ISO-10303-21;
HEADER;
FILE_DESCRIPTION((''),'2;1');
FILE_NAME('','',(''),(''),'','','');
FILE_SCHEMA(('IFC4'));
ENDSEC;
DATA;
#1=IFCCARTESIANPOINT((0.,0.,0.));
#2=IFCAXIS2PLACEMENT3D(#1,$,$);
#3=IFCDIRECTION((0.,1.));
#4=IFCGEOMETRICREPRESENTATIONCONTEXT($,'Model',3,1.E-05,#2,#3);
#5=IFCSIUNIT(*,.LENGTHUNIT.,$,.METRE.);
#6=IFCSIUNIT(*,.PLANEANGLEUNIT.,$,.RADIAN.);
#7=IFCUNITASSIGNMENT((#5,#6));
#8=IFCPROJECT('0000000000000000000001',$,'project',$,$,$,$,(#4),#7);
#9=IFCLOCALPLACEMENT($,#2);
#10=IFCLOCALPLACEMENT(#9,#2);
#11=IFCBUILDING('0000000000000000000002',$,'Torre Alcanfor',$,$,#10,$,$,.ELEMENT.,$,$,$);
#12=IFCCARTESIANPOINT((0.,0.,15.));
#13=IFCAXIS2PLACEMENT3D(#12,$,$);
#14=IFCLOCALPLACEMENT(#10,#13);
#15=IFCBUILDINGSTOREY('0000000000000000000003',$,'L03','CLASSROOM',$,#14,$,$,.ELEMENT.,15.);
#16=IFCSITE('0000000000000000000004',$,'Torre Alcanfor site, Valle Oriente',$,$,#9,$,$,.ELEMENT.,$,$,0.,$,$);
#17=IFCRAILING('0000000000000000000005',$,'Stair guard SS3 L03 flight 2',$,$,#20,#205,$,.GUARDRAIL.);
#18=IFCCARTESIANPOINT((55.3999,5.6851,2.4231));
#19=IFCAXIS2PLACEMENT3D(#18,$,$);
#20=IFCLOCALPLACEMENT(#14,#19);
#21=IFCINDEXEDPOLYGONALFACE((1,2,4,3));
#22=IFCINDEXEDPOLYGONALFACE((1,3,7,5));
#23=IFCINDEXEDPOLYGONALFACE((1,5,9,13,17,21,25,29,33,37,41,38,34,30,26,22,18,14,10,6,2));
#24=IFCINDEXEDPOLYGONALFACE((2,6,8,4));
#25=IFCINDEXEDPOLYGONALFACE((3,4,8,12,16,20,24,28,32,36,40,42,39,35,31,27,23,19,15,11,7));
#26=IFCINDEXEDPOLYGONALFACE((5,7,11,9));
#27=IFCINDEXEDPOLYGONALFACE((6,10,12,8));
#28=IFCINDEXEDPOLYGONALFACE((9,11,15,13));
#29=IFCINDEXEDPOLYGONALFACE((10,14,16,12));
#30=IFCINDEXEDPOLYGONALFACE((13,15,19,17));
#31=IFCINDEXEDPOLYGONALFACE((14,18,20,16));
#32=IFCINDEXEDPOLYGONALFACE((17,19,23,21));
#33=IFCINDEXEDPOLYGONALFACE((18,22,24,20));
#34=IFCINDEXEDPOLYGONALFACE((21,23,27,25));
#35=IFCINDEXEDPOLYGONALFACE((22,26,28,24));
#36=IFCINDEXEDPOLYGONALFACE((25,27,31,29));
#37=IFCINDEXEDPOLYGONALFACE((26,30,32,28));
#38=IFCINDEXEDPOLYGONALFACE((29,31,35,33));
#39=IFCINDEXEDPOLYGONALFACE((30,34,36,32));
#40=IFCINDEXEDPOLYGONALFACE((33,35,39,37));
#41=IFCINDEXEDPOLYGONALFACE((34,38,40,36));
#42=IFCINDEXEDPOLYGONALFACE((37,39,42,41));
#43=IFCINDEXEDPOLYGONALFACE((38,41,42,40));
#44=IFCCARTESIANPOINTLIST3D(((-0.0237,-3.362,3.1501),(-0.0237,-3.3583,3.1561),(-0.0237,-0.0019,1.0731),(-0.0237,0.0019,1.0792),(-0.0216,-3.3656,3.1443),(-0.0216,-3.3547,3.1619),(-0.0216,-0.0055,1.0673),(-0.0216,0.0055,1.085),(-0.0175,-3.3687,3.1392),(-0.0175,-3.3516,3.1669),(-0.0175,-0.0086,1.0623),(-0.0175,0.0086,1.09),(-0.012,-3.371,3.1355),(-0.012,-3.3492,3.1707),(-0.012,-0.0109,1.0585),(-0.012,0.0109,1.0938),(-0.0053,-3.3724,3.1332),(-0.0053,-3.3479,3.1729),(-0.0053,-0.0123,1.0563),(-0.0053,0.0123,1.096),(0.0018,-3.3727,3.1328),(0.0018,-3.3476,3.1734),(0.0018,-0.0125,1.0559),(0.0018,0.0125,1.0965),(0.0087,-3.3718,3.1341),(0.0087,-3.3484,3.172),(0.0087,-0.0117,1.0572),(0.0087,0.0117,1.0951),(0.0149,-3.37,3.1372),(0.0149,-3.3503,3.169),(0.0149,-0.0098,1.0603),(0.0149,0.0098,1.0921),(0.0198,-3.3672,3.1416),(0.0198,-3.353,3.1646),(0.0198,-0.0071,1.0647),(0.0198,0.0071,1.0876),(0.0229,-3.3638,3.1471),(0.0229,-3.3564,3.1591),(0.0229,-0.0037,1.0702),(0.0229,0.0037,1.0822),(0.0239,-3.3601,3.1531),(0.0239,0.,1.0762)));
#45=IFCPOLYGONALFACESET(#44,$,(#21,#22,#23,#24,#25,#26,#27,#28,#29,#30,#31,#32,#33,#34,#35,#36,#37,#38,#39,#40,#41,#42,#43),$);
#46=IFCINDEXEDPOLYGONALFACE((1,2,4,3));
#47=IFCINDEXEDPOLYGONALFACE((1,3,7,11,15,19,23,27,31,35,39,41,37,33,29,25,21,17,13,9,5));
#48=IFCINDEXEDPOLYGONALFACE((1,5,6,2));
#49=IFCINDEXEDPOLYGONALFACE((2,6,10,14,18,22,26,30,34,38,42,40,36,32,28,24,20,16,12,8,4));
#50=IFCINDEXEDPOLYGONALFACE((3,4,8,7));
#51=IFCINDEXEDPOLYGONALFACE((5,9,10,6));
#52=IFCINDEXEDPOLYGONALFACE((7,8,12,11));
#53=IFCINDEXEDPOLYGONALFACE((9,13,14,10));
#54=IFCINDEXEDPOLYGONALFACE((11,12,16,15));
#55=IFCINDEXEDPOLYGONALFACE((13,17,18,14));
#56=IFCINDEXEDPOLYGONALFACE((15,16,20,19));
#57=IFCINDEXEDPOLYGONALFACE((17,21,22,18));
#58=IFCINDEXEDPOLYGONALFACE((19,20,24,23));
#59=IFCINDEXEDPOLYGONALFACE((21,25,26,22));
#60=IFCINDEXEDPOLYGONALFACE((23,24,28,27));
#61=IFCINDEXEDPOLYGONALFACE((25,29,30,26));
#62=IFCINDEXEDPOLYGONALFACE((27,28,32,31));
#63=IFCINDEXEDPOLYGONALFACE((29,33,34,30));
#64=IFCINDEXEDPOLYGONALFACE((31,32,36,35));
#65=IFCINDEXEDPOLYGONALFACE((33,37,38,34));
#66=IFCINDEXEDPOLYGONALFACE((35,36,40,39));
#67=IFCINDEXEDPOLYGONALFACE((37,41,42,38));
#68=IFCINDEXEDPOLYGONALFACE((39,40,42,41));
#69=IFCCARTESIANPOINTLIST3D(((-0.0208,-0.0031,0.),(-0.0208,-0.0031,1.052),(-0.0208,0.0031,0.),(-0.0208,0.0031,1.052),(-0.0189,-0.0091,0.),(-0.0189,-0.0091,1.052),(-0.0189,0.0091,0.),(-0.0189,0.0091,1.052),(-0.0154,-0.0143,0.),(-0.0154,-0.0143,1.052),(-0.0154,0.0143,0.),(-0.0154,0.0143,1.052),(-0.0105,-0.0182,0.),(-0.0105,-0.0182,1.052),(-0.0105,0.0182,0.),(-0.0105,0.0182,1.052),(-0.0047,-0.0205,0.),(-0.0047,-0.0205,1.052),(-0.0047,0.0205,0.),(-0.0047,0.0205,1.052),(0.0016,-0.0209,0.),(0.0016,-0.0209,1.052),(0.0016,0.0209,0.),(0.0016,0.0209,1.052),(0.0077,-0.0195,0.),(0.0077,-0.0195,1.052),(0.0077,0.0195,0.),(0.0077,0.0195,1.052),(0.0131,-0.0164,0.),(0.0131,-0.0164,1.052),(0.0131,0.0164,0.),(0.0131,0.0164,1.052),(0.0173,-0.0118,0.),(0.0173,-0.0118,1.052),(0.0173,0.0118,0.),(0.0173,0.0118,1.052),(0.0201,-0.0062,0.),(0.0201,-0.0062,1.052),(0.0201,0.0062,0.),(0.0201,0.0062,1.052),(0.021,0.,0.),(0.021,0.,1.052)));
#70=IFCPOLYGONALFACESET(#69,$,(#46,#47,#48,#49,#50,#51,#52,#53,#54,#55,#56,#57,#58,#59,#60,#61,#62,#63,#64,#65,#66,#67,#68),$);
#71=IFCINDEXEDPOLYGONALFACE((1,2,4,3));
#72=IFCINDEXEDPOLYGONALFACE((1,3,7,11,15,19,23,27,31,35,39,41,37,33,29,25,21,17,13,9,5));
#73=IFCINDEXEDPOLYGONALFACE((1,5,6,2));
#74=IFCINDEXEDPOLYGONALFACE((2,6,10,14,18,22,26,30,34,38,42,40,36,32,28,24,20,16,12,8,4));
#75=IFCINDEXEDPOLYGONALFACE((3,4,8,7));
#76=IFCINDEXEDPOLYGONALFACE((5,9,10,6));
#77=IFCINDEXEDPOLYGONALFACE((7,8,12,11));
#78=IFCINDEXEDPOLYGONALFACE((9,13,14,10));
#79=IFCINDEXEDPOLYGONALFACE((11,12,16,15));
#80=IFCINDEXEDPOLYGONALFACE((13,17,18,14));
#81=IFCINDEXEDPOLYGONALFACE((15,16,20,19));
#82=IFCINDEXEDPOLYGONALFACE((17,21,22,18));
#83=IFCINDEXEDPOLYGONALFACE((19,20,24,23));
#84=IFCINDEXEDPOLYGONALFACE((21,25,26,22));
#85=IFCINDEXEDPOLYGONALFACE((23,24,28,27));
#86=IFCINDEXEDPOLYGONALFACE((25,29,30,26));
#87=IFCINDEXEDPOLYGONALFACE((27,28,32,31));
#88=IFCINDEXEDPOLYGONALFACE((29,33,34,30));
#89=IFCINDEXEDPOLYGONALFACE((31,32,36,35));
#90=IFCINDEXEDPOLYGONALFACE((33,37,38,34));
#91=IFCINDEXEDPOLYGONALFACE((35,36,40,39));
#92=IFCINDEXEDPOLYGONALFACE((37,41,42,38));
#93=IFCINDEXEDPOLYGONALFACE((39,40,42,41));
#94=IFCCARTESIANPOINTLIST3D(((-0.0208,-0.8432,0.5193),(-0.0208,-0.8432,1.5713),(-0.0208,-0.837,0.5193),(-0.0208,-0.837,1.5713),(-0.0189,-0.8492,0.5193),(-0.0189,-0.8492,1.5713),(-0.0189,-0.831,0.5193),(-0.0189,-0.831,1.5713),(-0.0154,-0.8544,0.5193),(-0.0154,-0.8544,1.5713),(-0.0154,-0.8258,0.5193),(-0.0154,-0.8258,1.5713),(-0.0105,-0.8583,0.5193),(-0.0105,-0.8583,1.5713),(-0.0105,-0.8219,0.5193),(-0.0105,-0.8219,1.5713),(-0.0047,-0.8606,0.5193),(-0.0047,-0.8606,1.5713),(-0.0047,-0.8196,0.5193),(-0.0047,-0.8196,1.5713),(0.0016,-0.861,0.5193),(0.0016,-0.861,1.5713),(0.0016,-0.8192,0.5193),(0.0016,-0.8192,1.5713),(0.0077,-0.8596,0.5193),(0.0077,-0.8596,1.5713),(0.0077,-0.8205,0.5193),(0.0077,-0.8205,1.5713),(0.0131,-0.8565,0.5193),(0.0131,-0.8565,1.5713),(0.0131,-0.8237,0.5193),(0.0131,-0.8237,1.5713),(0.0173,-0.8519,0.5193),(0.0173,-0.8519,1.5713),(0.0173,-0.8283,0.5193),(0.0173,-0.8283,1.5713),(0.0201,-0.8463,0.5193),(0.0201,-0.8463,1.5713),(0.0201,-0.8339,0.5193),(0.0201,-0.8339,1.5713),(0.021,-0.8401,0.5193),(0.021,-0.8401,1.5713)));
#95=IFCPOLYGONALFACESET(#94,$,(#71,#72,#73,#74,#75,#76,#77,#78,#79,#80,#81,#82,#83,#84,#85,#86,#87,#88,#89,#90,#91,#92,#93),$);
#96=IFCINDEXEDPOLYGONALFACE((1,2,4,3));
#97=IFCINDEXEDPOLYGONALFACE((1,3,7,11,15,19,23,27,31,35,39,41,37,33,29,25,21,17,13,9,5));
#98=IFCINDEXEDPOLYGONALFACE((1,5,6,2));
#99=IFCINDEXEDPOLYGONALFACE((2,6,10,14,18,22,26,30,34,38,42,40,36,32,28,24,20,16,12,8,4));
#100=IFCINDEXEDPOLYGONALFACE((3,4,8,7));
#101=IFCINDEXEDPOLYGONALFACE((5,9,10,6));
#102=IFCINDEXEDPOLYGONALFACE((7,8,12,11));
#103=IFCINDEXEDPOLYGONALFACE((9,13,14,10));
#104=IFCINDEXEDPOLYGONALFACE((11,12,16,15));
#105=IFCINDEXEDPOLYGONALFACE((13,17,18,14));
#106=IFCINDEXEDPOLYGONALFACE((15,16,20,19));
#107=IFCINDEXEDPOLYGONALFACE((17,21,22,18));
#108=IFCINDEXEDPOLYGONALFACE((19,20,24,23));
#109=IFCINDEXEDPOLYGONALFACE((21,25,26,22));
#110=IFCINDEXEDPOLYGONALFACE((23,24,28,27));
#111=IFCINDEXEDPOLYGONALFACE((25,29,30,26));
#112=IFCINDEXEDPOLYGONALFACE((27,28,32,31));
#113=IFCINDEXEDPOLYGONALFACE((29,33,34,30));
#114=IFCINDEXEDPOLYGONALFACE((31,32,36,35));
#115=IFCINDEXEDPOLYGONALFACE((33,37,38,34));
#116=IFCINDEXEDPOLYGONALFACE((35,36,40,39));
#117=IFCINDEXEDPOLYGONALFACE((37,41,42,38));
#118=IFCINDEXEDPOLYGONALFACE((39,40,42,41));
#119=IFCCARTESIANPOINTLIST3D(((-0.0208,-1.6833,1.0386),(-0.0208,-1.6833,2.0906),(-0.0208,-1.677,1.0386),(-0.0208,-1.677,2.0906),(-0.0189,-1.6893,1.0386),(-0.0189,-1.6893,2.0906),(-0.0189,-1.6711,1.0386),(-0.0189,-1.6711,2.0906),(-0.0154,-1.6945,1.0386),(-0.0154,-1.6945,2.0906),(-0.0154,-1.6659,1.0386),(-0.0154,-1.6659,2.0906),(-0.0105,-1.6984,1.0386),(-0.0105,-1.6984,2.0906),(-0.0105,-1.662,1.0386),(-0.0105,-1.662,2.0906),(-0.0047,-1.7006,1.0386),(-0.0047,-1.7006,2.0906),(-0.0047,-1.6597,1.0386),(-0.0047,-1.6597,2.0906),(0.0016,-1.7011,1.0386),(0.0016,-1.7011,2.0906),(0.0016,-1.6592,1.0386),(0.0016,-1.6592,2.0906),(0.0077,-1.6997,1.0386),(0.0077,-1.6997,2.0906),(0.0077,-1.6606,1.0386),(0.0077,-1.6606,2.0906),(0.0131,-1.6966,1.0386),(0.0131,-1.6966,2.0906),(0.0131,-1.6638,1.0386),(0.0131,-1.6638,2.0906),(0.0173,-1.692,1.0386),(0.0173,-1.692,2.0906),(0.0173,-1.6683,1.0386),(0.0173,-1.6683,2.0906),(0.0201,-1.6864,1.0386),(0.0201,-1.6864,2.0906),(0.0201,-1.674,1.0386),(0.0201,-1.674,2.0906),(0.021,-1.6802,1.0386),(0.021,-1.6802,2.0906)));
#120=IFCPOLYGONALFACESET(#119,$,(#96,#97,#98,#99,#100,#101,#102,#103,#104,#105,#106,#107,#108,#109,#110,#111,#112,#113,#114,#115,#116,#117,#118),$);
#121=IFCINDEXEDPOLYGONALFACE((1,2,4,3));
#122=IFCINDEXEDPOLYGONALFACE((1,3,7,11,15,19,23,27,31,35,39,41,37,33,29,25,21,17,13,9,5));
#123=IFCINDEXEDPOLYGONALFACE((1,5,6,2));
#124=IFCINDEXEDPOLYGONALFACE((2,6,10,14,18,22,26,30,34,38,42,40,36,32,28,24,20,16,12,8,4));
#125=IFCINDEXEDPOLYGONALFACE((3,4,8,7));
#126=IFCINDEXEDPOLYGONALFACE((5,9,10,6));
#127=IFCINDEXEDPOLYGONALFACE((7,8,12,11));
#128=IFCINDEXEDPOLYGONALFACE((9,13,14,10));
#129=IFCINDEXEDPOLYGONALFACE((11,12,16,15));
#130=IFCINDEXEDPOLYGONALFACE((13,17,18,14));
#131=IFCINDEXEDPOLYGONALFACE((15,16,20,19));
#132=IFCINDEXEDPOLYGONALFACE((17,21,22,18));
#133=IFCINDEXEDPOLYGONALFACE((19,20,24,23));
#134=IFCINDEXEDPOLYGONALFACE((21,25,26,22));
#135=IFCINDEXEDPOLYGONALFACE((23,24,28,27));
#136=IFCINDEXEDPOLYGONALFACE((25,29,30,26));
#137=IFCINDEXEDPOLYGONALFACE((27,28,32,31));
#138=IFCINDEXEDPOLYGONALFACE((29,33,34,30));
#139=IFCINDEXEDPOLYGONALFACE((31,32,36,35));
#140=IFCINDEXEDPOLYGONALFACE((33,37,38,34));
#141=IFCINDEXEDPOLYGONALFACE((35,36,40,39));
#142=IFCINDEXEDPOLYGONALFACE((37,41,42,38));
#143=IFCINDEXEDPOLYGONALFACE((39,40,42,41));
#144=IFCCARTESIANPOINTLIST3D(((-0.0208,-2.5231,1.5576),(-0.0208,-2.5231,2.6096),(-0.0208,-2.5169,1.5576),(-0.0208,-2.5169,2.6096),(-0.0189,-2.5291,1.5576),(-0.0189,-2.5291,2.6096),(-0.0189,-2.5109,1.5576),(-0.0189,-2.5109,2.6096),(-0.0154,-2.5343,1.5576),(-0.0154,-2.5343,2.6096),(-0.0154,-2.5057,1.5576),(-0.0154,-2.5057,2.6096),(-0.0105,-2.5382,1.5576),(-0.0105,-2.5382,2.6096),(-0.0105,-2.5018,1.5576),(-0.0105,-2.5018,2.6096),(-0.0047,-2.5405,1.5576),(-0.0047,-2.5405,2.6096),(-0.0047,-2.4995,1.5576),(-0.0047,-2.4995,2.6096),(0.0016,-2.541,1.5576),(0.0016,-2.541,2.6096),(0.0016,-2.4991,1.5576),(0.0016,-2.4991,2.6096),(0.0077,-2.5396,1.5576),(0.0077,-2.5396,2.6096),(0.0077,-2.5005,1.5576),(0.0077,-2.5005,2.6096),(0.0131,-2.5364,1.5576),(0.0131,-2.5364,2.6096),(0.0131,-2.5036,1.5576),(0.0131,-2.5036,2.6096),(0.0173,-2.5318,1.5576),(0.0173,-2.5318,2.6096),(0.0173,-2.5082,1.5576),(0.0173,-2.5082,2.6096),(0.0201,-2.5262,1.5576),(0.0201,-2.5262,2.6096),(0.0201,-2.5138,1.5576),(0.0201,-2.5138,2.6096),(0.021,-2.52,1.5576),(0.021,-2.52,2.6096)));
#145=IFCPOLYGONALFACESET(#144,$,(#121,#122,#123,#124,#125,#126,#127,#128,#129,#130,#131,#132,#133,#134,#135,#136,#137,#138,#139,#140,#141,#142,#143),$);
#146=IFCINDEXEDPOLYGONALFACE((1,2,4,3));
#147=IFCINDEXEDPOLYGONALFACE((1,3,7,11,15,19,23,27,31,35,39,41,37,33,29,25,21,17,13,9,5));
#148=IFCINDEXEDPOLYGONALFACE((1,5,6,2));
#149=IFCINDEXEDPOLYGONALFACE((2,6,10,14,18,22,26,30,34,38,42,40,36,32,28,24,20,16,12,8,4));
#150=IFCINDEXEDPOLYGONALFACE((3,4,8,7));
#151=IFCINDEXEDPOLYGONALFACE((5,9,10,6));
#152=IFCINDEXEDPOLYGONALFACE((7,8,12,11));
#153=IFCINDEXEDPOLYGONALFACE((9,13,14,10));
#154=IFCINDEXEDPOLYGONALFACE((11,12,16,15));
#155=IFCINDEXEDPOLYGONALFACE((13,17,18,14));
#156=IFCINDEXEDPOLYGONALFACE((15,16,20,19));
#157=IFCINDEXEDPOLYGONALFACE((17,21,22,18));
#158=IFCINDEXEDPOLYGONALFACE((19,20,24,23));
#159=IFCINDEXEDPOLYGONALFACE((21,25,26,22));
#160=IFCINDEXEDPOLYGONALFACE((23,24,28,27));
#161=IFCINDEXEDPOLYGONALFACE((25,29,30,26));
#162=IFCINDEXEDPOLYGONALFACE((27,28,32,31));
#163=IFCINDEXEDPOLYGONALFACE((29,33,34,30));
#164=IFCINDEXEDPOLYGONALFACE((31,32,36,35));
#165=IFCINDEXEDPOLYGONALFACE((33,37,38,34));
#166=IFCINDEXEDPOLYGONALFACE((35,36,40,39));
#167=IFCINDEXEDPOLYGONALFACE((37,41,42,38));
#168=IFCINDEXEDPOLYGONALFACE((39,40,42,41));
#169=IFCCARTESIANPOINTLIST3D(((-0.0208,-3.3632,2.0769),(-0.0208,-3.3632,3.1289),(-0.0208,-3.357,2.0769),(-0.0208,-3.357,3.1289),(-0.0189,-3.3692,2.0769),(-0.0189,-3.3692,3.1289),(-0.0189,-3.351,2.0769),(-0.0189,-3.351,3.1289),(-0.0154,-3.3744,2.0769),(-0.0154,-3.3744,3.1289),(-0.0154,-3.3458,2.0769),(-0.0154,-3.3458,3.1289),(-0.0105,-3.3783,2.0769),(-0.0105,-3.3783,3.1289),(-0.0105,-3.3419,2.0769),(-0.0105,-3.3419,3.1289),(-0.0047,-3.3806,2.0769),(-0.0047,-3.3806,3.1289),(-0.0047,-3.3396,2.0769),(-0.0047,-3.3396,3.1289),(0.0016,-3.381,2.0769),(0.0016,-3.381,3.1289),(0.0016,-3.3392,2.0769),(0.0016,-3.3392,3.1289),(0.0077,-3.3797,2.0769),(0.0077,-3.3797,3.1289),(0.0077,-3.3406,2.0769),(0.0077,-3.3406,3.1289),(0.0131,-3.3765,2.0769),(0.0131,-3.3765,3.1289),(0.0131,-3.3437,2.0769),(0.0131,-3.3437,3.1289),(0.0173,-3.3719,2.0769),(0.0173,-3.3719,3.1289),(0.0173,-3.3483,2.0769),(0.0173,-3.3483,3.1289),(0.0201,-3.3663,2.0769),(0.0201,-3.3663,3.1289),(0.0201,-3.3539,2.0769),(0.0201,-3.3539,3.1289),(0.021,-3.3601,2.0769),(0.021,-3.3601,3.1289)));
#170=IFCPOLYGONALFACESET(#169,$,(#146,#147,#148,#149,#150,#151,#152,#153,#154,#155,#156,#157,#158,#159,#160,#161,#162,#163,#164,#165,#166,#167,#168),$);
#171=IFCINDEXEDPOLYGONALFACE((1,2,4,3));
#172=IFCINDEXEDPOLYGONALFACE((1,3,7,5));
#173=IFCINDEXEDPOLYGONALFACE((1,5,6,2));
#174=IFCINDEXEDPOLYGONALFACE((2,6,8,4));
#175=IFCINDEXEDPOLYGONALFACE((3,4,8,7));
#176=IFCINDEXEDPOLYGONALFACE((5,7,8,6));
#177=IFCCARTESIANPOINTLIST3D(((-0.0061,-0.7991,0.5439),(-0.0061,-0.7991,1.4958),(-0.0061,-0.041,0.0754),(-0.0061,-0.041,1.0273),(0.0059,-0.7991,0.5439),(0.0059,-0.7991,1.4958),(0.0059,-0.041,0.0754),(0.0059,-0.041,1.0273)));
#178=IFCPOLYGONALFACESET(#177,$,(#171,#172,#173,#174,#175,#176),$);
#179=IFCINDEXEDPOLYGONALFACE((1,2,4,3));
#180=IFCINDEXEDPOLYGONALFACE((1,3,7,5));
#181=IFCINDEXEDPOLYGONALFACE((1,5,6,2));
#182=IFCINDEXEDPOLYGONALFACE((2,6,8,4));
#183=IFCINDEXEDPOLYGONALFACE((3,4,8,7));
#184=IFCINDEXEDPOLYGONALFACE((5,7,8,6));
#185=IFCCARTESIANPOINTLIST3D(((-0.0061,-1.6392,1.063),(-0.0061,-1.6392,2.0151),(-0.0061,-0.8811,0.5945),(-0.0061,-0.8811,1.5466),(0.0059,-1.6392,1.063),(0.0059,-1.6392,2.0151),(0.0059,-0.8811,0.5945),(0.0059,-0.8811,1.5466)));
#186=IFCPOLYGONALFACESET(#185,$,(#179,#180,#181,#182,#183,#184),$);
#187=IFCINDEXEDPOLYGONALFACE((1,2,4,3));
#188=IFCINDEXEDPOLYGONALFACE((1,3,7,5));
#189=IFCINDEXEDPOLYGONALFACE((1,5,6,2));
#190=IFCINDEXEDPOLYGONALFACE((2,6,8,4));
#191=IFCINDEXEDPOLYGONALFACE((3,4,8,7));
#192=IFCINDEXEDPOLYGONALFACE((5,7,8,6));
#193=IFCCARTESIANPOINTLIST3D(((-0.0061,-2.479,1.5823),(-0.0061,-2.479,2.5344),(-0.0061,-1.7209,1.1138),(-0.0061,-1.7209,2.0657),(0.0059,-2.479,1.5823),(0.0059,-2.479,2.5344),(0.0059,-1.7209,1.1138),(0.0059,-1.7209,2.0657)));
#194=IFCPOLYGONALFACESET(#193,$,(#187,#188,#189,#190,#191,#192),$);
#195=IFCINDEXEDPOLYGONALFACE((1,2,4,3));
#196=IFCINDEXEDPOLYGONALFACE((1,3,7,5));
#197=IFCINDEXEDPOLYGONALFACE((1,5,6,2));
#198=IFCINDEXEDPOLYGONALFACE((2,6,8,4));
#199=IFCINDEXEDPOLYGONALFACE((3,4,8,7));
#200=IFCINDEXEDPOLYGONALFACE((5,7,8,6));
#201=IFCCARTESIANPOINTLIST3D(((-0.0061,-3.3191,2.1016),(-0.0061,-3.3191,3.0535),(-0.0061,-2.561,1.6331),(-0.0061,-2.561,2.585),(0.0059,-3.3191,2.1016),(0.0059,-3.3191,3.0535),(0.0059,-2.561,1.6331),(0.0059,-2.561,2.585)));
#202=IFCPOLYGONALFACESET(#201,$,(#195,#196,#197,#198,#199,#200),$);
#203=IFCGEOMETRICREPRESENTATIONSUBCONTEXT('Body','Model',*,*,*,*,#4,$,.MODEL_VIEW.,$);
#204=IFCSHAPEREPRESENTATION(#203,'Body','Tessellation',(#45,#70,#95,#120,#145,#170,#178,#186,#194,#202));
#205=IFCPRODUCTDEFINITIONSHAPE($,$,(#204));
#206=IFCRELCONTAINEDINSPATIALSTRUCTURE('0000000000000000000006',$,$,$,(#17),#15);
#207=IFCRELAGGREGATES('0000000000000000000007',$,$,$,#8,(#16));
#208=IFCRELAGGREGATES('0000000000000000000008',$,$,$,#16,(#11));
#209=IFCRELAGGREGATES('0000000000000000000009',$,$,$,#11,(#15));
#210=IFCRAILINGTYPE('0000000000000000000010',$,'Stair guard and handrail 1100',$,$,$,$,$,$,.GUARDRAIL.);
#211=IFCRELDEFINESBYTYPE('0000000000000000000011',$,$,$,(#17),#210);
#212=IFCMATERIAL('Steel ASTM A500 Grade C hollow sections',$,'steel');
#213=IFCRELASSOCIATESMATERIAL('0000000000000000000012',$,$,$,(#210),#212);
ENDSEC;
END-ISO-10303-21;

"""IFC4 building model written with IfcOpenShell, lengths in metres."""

from ifc_helpers import new_model, si_unit, direction, frame, origin, origin_2d, place, context, subcontext, project, spatial, polyline, circle, outline, extrude, material, type_object, element, save


model = new_model("IFC4")

# Units and contexts
model_context = context("Model", 3, precision=1e-05, world=origin(), true_north=direction((0.0, 1.0)))
body_context = subcontext(model_context, "Body", "Model", "MODEL_VIEW")
ifc_project = project(units=[si_unit("LENGTHUNIT", "METRE"), si_unit("PLANEANGLEUNIT", "RADIAN")], contexts=[model_context])

# Site, building, storey
site_placement = place(None, origin())
site = spatial("IfcSite", under=ifc_project, at=site_placement, Name="Torre Alcanfor site, Valle Oriente", CompositionType="ELEMENT", RefElevation=0.0)
building_placement = place(site_placement, origin())
building = spatial("IfcBuilding", under=site, at=building_placement, Name="Torre Alcanfor", CompositionType="ELEMENT")
storey_placement = place(building_placement, frame((0.0, 0.0, 15.0)))
storey = spatial("IfcBuildingStorey", under=building, at=storey_placement, Name="L03", Description="CLASSROOM", CompositionType="ELEMENT", Elevation=15.0)

# Railing
ifc_material_1 = material(Name="Steel ASTM A500 Grade C hollow sections", Category="steel")
railing_type = type_object("IfcRailingType", Name="Stair guard and handrail 1100", PredefinedType="GUARDRAIL", material=ifc_material_1)
railing_1_placement = place(storey_placement, frame((55.3999, 5.6851, 2.4231)))
element("IfcRailing", 1, at=railing_1_placement, inside=storey, type_object=railing_type, Name="Stair guard SS3 L03 flight 2", PredefinedType="GUARDRAIL", context=body_context, shape_type="SweptSolid", body=[
    extrude(circle(Radius=0.0239, at=origin_2d()), frame((0.0, 0.0, 1.0762), z_axis=(0.0, -0.850623, 0.525776), x_axis=(1.0, 0.0, 0.0)), (0.0, 0.0, 1.0), 3.9502),
    extrude(circle(Radius=0.021, at=origin_2d()), origin(), (0.0, 0.0, 1.0), 1.052),
    extrude(circle(Radius=0.021, at=origin_2d()), frame((0.0, -0.8401, 0.5193)), (0.0, 0.0, 1.0), 1.052),
    extrude(circle(Radius=0.021, at=origin_2d()), frame((0.0, -1.6802, 1.0386)), (0.0, 0.0, 1.0), 1.052),
    extrude(circle(Radius=0.021, at=origin_2d()), frame((0.0, -2.52, 1.5576)), (0.0, 0.0, 1.0), 1.052),
    extrude(circle(Radius=0.021, at=origin_2d()), frame((0.0, -3.3601, 2.0769)), (0.0, 0.0, 1.0), 1.052),
    extrude(outline(polyline([(0.041, 0.0754), (0.7991, 0.5439), (0.7991, 1.4958), (0.041, 1.0273), (0.041, 0.0754)])), frame((0.0059, 0.0, 0.0), z_axis=(-1.0, 0.0, 0.0), x_axis=(0.0, -1.0, 0.0)), (0.0, 0.0, 1.0), 0.012),
    extrude(outline(polyline([(0.8811, 0.5945), (1.6392, 1.063), (1.6392, 2.0151), (0.8811, 1.5466), (0.8811, 0.5945)])), frame((0.0059, 0.0, 0.0), z_axis=(-1.0, 0.0, 0.0), x_axis=(0.0, -1.0, 0.0)), (0.0, 0.0, 1.0), 0.012),
    extrude(outline(polyline([(1.7209, 1.1138), (2.479, 1.5823), (2.479, 2.5344), (1.7209, 2.0657), (1.7209, 1.1138)])), frame((0.0059, 0.0, 0.0), z_axis=(-1.0, 0.0, 0.0), x_axis=(0.0, -1.0, 0.0)), (0.0, 0.0, 1.0), 0.012),
    extrude(outline(polyline([(2.561, 1.6331), (3.3191, 2.1016), (3.3191, 3.0535), (2.561, 2.585), (2.561, 1.6331)])), frame((0.0059, 0.0, 0.0), z_axis=(-1.0, 0.0, 0.0), x_axis=(0.0, -1.0, 0.0)), (0.0, 0.0, 1.0), 0.012),
])

save(model, "model.ifc")
